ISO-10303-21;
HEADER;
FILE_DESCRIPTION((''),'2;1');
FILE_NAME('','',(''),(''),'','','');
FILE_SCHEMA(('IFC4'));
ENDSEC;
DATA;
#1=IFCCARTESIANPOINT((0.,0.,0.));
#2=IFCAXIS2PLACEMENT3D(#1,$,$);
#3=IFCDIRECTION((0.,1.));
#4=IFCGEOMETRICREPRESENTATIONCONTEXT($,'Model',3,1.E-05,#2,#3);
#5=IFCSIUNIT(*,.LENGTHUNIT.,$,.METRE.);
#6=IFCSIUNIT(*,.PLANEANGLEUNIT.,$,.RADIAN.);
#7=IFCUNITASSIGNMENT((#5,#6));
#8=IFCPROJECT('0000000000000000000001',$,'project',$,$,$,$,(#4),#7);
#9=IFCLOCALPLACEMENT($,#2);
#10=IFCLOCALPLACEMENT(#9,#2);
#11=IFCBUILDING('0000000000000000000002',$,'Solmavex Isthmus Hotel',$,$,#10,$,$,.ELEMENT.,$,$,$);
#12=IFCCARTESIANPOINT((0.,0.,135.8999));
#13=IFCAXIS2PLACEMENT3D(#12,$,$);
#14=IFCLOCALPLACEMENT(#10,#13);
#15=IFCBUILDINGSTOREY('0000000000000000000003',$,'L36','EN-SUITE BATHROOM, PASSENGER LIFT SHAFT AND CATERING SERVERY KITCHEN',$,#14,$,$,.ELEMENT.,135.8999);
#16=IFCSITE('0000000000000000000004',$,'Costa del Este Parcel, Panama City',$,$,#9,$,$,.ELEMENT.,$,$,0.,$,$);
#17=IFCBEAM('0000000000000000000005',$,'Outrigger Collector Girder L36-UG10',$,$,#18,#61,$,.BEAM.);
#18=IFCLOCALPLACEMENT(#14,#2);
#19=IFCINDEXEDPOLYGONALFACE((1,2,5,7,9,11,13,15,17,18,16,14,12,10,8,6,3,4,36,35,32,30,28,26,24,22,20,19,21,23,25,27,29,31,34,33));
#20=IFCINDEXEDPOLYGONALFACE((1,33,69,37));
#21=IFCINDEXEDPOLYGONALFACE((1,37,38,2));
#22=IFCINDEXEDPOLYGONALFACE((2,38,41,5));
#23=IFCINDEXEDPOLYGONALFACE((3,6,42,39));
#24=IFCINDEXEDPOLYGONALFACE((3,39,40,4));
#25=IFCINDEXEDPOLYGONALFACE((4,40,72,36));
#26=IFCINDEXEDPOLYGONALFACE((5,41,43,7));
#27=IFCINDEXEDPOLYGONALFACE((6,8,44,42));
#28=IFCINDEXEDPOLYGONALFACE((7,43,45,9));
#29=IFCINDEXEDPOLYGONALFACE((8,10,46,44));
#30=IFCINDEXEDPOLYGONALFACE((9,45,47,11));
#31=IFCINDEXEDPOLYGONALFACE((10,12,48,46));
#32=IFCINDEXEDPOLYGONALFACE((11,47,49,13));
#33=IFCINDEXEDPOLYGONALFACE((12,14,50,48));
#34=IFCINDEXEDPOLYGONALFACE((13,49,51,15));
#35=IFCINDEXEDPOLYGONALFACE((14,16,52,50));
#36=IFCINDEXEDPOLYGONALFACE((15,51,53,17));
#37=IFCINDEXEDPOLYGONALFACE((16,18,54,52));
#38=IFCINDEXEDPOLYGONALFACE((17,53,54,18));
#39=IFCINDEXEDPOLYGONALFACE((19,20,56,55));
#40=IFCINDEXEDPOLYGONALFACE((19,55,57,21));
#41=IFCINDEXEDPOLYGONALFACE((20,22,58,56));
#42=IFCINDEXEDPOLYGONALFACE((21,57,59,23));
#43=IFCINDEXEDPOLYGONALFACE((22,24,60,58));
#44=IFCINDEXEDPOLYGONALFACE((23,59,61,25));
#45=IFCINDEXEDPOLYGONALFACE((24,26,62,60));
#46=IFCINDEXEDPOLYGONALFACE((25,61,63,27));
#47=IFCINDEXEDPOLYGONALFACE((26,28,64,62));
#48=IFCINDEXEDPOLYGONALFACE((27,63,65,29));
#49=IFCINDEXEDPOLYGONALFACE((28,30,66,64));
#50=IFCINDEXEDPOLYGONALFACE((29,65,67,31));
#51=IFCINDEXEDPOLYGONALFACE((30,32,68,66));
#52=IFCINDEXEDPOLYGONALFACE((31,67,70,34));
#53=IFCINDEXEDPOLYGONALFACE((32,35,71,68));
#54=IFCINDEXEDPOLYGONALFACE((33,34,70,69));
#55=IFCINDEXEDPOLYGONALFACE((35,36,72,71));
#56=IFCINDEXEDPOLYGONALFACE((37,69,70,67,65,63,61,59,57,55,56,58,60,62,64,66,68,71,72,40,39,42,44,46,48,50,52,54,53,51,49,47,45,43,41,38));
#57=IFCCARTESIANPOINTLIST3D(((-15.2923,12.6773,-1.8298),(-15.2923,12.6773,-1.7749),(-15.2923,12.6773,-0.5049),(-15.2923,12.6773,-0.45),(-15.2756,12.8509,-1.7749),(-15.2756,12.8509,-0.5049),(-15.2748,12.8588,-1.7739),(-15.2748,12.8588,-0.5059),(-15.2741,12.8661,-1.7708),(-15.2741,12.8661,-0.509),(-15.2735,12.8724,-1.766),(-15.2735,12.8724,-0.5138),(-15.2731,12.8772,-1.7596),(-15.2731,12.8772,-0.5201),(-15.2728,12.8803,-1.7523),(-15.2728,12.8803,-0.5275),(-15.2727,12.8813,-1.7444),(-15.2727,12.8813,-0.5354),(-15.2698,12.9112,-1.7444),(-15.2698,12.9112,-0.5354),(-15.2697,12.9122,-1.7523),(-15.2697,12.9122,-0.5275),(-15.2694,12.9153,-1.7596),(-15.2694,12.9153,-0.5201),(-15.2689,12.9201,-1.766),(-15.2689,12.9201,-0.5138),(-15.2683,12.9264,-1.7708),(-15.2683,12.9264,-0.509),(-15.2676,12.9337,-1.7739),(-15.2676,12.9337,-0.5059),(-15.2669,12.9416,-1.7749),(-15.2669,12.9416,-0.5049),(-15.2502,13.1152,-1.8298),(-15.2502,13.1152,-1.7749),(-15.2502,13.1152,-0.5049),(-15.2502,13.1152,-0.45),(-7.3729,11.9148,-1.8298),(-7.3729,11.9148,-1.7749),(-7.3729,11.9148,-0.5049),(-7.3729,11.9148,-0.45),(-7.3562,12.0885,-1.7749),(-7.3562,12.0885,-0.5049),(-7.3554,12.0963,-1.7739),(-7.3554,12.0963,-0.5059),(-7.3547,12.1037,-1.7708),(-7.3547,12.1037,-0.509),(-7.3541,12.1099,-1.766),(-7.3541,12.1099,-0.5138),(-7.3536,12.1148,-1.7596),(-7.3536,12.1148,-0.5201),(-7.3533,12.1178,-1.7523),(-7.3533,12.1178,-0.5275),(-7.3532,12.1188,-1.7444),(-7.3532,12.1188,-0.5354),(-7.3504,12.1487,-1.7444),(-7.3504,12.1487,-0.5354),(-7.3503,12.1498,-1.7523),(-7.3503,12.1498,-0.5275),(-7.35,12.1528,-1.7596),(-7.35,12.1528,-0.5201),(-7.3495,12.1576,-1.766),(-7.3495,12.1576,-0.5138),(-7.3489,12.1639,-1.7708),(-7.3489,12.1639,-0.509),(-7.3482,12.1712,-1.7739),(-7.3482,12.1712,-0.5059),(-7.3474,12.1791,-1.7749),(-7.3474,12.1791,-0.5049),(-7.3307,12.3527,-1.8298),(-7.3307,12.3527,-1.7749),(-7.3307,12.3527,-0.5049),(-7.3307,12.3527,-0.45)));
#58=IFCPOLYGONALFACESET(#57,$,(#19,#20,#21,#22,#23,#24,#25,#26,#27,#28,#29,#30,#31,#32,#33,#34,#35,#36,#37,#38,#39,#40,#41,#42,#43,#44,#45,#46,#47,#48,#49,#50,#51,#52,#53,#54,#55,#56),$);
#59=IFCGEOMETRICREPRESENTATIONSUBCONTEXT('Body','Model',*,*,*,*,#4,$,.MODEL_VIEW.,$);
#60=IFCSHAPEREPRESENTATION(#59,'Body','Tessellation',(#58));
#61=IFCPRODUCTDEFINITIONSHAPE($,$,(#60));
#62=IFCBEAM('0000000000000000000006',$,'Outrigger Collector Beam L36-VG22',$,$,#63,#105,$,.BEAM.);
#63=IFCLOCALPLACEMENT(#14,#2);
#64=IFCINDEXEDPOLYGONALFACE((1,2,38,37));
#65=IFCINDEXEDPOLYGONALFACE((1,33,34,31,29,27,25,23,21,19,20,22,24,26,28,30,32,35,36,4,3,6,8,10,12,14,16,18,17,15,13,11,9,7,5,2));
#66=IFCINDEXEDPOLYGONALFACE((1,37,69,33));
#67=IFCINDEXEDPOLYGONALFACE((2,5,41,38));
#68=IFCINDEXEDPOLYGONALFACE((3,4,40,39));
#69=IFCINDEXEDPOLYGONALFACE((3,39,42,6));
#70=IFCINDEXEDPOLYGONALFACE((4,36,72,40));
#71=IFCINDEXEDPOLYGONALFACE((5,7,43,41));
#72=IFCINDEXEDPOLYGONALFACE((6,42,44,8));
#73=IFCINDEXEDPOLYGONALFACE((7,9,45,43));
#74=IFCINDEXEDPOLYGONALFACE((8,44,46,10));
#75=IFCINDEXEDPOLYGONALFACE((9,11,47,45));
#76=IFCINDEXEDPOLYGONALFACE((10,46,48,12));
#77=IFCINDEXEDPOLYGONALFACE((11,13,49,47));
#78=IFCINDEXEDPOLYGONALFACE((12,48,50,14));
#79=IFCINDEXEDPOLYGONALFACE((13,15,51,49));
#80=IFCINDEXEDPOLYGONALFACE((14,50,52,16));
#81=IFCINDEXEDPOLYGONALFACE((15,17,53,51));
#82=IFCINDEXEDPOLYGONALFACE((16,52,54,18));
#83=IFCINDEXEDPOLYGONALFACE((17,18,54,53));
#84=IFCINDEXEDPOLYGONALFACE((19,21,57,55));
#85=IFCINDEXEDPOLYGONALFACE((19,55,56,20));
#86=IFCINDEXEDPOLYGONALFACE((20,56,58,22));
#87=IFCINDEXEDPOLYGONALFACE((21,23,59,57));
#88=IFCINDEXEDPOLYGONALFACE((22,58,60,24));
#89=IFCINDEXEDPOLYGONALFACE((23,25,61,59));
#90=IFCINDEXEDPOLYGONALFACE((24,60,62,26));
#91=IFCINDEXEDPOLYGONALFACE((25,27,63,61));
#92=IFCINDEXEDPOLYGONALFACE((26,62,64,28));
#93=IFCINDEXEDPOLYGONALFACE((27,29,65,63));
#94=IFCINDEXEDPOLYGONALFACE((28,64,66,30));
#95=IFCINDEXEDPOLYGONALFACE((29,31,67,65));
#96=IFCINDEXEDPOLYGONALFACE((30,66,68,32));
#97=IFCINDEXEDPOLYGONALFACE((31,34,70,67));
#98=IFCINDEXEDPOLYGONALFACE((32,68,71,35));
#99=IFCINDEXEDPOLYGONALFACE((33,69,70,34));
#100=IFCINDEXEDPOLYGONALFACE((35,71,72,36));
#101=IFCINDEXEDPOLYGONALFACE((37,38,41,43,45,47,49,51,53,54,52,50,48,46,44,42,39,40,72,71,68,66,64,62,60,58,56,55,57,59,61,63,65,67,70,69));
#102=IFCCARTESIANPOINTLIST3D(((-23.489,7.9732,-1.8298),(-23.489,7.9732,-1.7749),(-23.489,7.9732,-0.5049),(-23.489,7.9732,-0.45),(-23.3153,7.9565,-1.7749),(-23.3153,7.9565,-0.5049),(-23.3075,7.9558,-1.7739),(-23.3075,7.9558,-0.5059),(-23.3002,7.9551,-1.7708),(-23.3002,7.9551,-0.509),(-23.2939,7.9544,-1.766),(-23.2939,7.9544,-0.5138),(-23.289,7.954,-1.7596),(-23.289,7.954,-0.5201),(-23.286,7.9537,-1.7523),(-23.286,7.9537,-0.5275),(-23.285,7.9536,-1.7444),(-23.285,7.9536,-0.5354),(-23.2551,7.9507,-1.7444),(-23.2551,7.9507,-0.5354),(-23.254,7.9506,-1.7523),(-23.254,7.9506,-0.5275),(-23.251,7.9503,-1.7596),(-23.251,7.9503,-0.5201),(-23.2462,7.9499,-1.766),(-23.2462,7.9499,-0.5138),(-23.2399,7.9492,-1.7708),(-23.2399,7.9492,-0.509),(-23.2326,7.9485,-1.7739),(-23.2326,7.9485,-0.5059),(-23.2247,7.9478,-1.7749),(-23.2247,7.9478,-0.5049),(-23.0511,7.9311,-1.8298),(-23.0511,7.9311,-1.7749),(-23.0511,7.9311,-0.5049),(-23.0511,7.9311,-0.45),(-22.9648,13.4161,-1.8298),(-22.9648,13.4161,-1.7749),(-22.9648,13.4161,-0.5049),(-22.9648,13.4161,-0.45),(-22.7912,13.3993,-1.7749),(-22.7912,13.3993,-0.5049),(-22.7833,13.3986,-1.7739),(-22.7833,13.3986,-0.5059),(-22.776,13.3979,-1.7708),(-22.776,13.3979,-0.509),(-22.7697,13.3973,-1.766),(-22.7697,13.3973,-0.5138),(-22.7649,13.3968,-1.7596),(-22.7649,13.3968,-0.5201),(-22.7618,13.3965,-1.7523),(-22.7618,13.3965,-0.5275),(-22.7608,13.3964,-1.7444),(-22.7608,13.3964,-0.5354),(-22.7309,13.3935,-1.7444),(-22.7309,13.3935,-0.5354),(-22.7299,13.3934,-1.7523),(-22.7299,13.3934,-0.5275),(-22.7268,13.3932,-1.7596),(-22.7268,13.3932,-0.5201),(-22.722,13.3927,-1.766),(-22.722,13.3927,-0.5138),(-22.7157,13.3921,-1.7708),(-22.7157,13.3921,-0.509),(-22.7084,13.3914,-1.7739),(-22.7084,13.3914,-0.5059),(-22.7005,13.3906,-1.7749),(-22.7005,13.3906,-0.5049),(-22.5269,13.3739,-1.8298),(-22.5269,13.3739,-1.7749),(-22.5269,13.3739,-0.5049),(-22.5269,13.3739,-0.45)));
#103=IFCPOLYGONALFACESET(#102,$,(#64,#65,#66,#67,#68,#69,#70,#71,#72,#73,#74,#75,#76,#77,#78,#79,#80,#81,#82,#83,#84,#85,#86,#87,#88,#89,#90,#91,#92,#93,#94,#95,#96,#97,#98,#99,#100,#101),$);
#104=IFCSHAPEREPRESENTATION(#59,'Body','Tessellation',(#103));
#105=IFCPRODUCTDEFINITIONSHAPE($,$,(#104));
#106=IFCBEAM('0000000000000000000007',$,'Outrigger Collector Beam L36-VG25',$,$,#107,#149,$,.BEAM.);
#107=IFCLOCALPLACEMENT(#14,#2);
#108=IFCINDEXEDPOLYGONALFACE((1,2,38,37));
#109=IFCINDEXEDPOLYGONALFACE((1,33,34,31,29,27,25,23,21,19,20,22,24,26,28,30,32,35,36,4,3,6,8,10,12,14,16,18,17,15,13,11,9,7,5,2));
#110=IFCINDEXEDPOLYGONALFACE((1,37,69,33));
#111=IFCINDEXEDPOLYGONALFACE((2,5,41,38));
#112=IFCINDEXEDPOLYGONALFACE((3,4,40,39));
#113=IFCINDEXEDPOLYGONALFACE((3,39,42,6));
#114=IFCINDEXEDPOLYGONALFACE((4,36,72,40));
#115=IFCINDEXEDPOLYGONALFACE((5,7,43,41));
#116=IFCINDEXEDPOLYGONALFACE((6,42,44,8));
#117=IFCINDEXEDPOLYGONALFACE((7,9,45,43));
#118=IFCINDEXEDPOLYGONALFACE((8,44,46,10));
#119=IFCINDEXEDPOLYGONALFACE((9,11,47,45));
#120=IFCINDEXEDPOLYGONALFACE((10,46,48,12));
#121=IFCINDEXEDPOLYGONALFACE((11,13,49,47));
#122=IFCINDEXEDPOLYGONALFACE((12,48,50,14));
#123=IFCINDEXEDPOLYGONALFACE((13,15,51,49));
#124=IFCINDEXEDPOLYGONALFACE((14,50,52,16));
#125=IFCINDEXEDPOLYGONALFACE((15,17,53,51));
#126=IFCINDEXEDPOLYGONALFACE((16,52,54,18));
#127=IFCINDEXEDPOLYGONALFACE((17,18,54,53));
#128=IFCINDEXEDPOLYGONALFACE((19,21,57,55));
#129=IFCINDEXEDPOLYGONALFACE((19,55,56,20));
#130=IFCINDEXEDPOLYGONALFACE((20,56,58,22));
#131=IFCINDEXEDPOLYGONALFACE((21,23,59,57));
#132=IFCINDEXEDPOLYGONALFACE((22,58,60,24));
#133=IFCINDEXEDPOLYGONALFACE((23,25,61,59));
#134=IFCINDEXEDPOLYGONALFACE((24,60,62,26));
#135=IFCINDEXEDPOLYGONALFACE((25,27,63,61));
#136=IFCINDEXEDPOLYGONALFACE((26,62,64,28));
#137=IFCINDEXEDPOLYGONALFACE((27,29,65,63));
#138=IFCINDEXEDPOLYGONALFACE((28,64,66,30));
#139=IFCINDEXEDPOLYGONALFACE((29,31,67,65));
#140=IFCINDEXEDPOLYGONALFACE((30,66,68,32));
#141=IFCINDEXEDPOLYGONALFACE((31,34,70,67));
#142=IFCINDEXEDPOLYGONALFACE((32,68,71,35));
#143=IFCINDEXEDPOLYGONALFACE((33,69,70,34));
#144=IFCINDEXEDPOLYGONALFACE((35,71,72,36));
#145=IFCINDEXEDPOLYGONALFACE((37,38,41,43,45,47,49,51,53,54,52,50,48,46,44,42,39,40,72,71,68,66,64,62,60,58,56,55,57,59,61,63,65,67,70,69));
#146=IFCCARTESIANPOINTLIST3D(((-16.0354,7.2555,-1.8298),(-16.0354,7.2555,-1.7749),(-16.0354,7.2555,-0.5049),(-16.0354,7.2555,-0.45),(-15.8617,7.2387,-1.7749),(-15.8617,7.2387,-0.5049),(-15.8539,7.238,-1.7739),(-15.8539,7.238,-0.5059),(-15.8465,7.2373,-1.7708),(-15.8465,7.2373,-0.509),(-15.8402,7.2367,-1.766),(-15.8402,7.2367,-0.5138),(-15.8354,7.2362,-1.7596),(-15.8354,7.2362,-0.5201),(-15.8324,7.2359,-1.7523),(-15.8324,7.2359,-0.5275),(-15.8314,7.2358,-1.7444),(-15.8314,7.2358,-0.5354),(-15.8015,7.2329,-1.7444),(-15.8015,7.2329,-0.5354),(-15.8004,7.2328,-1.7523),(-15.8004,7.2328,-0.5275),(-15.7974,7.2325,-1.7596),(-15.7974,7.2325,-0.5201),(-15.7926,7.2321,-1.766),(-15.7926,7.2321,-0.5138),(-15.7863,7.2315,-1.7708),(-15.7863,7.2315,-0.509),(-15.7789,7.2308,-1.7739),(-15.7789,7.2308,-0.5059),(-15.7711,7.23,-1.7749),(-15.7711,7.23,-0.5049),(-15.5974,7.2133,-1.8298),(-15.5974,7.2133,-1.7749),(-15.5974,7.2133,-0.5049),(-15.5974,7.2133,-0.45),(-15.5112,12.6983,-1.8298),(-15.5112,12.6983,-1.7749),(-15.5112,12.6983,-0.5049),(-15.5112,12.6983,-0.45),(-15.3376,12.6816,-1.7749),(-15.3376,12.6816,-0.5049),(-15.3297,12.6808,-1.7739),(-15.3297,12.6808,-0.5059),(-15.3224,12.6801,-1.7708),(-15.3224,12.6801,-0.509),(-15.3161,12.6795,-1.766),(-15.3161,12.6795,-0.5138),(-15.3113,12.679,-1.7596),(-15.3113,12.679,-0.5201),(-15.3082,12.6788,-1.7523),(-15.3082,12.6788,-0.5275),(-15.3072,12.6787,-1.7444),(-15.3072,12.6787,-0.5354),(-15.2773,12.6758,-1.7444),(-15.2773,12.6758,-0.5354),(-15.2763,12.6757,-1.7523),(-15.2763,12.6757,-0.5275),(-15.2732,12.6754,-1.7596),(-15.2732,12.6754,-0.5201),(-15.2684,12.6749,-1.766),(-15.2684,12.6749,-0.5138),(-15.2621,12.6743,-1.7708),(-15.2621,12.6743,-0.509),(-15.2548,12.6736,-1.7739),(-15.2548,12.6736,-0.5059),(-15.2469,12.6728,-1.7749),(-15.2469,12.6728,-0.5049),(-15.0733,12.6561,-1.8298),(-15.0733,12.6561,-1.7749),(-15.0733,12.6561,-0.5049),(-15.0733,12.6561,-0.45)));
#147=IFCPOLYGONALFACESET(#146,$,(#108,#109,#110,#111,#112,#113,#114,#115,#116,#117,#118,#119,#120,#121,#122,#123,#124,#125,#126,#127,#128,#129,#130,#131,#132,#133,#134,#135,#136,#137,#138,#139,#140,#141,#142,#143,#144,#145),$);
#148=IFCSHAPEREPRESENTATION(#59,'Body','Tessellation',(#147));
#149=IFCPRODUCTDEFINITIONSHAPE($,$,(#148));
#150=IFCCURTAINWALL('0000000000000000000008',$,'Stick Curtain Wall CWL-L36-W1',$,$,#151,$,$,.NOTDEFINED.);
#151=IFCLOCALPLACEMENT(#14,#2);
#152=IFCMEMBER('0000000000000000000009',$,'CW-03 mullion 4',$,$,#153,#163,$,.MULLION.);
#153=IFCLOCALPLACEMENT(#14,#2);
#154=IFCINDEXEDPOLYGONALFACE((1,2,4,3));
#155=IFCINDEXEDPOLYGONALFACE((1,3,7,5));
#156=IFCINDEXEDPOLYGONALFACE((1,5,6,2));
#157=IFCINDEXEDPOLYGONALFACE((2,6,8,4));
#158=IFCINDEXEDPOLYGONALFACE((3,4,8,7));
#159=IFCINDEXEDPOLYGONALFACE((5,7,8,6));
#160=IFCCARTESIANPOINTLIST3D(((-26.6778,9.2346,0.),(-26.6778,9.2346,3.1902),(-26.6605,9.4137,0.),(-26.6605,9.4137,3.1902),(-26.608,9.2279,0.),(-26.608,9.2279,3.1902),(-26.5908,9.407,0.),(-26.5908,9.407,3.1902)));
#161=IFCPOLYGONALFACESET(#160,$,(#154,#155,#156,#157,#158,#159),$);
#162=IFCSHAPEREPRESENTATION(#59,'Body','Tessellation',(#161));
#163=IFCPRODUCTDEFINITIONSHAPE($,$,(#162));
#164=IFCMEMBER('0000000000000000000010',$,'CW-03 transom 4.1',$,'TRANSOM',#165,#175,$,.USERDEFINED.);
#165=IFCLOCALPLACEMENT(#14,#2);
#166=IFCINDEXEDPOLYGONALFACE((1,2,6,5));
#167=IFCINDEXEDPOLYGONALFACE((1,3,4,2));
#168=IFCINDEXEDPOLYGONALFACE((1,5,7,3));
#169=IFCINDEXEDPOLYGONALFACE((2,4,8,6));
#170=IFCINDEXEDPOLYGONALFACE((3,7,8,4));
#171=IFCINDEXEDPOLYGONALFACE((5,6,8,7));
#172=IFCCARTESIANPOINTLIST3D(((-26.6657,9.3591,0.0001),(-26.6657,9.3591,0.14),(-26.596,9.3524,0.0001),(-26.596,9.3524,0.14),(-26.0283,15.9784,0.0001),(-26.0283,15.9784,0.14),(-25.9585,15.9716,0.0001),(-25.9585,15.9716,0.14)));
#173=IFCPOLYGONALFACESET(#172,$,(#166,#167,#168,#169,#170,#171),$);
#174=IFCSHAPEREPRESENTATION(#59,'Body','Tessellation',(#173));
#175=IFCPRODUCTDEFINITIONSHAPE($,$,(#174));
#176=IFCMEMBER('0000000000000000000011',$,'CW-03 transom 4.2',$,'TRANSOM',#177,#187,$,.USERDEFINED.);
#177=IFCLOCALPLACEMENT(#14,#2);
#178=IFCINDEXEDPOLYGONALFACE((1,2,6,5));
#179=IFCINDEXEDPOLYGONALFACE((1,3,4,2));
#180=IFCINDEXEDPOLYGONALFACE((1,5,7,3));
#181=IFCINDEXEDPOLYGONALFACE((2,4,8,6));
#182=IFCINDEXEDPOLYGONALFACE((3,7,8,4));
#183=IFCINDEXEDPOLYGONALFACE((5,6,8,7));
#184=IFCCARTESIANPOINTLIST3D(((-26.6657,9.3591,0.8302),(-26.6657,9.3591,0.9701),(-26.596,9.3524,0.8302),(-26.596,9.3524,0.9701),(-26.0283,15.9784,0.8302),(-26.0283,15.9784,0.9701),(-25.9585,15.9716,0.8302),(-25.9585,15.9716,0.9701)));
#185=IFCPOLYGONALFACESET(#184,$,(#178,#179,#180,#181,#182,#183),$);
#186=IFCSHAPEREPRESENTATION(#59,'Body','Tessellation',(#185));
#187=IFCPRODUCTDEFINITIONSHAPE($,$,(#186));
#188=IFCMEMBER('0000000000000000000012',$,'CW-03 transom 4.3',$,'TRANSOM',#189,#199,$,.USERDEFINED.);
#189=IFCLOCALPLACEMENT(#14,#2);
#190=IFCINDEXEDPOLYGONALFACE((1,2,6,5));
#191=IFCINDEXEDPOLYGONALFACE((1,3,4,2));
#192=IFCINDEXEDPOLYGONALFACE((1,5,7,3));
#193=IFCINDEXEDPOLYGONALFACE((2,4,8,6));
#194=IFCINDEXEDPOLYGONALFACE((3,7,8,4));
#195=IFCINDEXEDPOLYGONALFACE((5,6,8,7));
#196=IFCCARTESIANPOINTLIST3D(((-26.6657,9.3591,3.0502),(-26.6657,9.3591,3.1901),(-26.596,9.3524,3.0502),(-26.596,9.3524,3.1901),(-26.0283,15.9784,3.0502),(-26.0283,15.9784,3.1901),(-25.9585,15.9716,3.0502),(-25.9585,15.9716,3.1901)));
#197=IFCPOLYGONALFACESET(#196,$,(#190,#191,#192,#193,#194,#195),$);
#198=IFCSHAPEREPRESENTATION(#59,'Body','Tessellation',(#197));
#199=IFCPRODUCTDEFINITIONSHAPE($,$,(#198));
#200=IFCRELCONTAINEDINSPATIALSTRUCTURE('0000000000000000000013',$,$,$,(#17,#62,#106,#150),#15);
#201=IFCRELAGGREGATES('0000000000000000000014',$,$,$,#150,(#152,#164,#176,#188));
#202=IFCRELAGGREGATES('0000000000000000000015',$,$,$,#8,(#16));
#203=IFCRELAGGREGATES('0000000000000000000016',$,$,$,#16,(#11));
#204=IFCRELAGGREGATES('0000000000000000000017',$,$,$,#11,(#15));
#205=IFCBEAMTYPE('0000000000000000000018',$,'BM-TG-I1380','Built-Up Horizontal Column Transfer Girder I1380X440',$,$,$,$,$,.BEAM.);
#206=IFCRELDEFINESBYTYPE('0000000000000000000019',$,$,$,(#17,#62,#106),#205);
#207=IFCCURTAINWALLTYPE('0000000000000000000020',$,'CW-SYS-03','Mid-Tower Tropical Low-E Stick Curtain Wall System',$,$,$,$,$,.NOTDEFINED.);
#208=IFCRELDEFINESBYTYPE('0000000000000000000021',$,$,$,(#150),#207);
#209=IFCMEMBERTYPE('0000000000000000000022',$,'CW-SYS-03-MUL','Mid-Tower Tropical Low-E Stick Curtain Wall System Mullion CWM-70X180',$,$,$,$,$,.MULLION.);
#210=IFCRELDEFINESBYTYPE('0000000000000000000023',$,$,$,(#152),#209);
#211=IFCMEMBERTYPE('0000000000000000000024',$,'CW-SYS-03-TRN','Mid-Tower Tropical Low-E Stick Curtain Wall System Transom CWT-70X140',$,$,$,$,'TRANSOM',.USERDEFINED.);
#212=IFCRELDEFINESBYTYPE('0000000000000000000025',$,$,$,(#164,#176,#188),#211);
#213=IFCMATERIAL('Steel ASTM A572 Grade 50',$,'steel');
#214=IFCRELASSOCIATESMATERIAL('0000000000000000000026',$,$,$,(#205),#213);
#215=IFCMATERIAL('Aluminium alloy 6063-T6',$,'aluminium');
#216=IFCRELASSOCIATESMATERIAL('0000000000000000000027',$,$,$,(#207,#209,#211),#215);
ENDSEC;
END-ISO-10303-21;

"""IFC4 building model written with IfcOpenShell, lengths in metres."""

from ifc_helpers import new_model, si_unit, direction, frame, origin, origin_2d, place, context, subcontext, project, spatial, rectangle, i_section, extrude, material, material_profile, profile_set, type_object, element, aggregate, save


model = new_model("IFC4")

# Units and contexts
model_context = context("Model", 3, precision=1e-05, world=origin(), true_north=direction((0.0, 1.0)))
body_context = subcontext(model_context, "Body", "Model", "MODEL_VIEW")
ifc_project = project(units=[si_unit("LENGTHUNIT", "METRE"), si_unit("PLANEANGLEUNIT", "RADIAN")], contexts=[model_context])

# Site, building, storey
site_placement = place(None, origin())
site = spatial("IfcSite", under=ifc_project, at=site_placement, Name="Costa del Este Parcel, Panama City", CompositionType="ELEMENT", RefElevation=0.0)
building_placement = place(site_placement, origin())
building = spatial("IfcBuilding", under=site, at=building_placement, Name="Solmavex Isthmus Hotel", CompositionType="ELEMENT")
storey_placement = place(building_placement, frame((0.0, 0.0, 135.8999)))
storey = spatial("IfcBuildingStorey", under=building, at=storey_placement, Name="L36", Description="EN-SUITE BATHROOM, PASSENGER LIFT SHAFT AND CATERING SERVERY KITCHEN", CompositionType="ELEMENT", Elevation=135.8999)

# Beams
ifc_material_1 = material(Name="Steel ASTM A572 Grade 50", Category="steel")
ifc_material_profile_1 = material_profile(ifc_material_1, i_section(OverallWidth=0.4399, OverallDepth=1.3799, WebThickness=0.03, FlangeThickness=0.0549, FilletRadius=0.0305, at=origin_2d()), Name="I1380X440")
ifc_profile_set_1 = profile_set([ifc_material_profile_1], Name="Steel ASTM A572 Grade 50")
beam_type_1 = type_object("IfcBeamType", Name="BM-TG-I1380", Description="Built-Up Horizontal Column Transfer Girder I1380X440", PredefinedType="BEAM", material=ifc_profile_set_1)
beam_1_placement = place(storey_placement, frame((-15.2712, 12.8962, -1.1399), z_axis=(0.995397, -0.095833, 0.0), x_axis=(0.095833, 0.995397, 0.0)))
element("IfcBeam", 1, at=beam_1_placement, inside=storey, type_object=beam_type_1, Name="Outrigger Collector Girder L36-UG10", PredefinedType="BEAM", context=body_context, shape_type="SweptSolid", body=[
    extrude(i_section(OverallWidth=0.4399, OverallDepth=1.3799, WebThickness=0.03, FlangeThickness=0.0549, FilletRadius=0.0305, at=origin_2d()), origin(), (0.0, 0.0, 1.0), 7.9561),
])
for number, where, z_axis, x_axis, name in (
    (2, (-23.27, 7.9521, -1.1399), (0.09586, 0.995395, 0.0), (-0.995395, 0.09586, 0.0), "Outrigger Collector Beam L36-VG22"),
    (3, (-15.8164, 7.2344, -1.1399), (0.09586, 0.995395, 0.0), (-0.995395, 0.09586, 0.0), "Outrigger Collector Beam L36-VG25"),
):
    element("IfcBeam", number, at=place(storey_placement, frame(where, z_axis=z_axis, x_axis=x_axis)), inside=storey, type_object=beam_type_1, Name=name, PredefinedType="BEAM", context=body_context, shape_type="SweptSolid", body=[
        extrude(i_section(OverallWidth=0.4399, OverallDepth=1.3799, WebThickness=0.03, FlangeThickness=0.0549, FilletRadius=0.0305, at=origin_2d()), origin(), (0.0, 0.0, 1.0), 5.468),
    ])

# Curtain wall, members
ifc_material_2 = material(Name="Aluminium alloy 6063-T6", Category="aluminium")
curtain_wall_type = type_object("IfcCurtainWallType", Name="CW-SYS-03", Description="Mid-Tower Tropical Low-E Stick Curtain Wall System", PredefinedType="NOTDEFINED", material=ifc_material_2)
curtain_wall_placement = place(storey_placement, origin())
curtain_wall = element("IfcCurtainWall", 4, at=curtain_wall_placement, inside=storey, type_object=curtain_wall_type, Name="Stick Curtain Wall CWL-L36-W1", PredefinedType="NOTDEFINED")
ifc_material_profile_2 = material_profile(ifc_material_2, rectangle(XDim=0.0701, YDim=0.1799, at=origin_2d()), Name="CWM-70X180")
ifc_profile_set_2 = profile_set([ifc_material_profile_2], Name="Aluminium alloy 6063-T6")
member_type_1 = type_object("IfcMemberType", Name="CW-SYS-03-MUL", Description="Mid-Tower Tropical Low-E Stick Curtain Wall System Mullion CWM-70X180", PredefinedType="MULLION", material=ifc_profile_set_2)
member_1_placement = place(storey_placement, frame((-26.6343, 9.3208, 0.0), z_axis=(0.0, 0.0, 1.0), x_axis=(-0.995396, 0.095846, 0.0)))
member_1 = element("IfcMember", 5, at=member_1_placement, type_object=member_type_1, Name="CW-03 mullion 4", PredefinedType="MULLION", context=body_context, shape_type="SweptSolid", body=[
    extrude(rectangle(XDim=0.0701, YDim=0.1799, at=origin_2d()), origin(), (0.0, 0.0, 1.0), 3.1902),
])
ifc_material_profile_3 = material_profile(ifc_material_2, rectangle(XDim=0.0701, YDim=0.1399, at=origin_2d()), Name="CWT-70X140")
ifc_profile_set_3 = profile_set([ifc_material_profile_3], Name="Aluminium alloy 6063-T6")
member_type_2 = type_object("IfcMemberType", Name="CW-SYS-03-TRN", Description="Mid-Tower Tropical Low-E Stick Curtain Wall System Transom CWT-70X140", ElementType="TRANSOM", PredefinedType="USERDEFINED", material=ifc_profile_set_3)
member_2_placement = place(storey_placement, frame((-26.6309, 9.3557, 0.0701), z_axis=(0.095857, 0.995395, 0.0), x_axis=(-0.995395, 0.095857, 0.0)))
member_2 = element("IfcMember", 6, at=member_2_placement, type_object=member_type_2, Name="CW-03 transom 4.1", ObjectType="TRANSOM", PredefinedType="USERDEFINED", context=body_context, shape_type="SweptSolid", body=[
    extrude(rectangle(XDim=0.0701, YDim=0.1399, at=origin_2d()), origin(), (0.0, 0.0, 1.0), 6.6499),
])
member_3_placement = place(storey_placement, frame((-26.6309, 9.3557, 0.9001), z_axis=(0.095857, 0.995395, 0.0), x_axis=(-0.995395, 0.095857, 0.0)))
member_3 = element("IfcMember", 7, at=member_3_placement, type_object=member_type_2, Name="CW-03 transom 4.2", ObjectType="TRANSOM", PredefinedType="USERDEFINED", context=body_context, shape_type="SweptSolid", body=[
    extrude(rectangle(XDim=0.0701, YDim=0.1399, at=origin_2d()), origin(), (0.0, 0.0, 1.0), 6.6499),
])
member_4_placement = place(storey_placement, frame((-26.6309, 9.3557, 3.1201), z_axis=(0.095857, 0.995395, 0.0), x_axis=(-0.995395, 0.095857, 0.0)))
member_4 = element("IfcMember", 8, at=member_4_placement, type_object=member_type_2, Name="CW-03 transom 4.3", ObjectType="TRANSOM", PredefinedType="USERDEFINED", context=body_context, shape_type="SweptSolid", body=[
    extrude(rectangle(XDim=0.0701, YDim=0.1399, at=origin_2d()), origin(), (0.0, 0.0, 1.0), 6.6499),
])
aggregate(curtain_wall, [member_1, member_2, member_3, member_4])

save(model, "model.ifc")
